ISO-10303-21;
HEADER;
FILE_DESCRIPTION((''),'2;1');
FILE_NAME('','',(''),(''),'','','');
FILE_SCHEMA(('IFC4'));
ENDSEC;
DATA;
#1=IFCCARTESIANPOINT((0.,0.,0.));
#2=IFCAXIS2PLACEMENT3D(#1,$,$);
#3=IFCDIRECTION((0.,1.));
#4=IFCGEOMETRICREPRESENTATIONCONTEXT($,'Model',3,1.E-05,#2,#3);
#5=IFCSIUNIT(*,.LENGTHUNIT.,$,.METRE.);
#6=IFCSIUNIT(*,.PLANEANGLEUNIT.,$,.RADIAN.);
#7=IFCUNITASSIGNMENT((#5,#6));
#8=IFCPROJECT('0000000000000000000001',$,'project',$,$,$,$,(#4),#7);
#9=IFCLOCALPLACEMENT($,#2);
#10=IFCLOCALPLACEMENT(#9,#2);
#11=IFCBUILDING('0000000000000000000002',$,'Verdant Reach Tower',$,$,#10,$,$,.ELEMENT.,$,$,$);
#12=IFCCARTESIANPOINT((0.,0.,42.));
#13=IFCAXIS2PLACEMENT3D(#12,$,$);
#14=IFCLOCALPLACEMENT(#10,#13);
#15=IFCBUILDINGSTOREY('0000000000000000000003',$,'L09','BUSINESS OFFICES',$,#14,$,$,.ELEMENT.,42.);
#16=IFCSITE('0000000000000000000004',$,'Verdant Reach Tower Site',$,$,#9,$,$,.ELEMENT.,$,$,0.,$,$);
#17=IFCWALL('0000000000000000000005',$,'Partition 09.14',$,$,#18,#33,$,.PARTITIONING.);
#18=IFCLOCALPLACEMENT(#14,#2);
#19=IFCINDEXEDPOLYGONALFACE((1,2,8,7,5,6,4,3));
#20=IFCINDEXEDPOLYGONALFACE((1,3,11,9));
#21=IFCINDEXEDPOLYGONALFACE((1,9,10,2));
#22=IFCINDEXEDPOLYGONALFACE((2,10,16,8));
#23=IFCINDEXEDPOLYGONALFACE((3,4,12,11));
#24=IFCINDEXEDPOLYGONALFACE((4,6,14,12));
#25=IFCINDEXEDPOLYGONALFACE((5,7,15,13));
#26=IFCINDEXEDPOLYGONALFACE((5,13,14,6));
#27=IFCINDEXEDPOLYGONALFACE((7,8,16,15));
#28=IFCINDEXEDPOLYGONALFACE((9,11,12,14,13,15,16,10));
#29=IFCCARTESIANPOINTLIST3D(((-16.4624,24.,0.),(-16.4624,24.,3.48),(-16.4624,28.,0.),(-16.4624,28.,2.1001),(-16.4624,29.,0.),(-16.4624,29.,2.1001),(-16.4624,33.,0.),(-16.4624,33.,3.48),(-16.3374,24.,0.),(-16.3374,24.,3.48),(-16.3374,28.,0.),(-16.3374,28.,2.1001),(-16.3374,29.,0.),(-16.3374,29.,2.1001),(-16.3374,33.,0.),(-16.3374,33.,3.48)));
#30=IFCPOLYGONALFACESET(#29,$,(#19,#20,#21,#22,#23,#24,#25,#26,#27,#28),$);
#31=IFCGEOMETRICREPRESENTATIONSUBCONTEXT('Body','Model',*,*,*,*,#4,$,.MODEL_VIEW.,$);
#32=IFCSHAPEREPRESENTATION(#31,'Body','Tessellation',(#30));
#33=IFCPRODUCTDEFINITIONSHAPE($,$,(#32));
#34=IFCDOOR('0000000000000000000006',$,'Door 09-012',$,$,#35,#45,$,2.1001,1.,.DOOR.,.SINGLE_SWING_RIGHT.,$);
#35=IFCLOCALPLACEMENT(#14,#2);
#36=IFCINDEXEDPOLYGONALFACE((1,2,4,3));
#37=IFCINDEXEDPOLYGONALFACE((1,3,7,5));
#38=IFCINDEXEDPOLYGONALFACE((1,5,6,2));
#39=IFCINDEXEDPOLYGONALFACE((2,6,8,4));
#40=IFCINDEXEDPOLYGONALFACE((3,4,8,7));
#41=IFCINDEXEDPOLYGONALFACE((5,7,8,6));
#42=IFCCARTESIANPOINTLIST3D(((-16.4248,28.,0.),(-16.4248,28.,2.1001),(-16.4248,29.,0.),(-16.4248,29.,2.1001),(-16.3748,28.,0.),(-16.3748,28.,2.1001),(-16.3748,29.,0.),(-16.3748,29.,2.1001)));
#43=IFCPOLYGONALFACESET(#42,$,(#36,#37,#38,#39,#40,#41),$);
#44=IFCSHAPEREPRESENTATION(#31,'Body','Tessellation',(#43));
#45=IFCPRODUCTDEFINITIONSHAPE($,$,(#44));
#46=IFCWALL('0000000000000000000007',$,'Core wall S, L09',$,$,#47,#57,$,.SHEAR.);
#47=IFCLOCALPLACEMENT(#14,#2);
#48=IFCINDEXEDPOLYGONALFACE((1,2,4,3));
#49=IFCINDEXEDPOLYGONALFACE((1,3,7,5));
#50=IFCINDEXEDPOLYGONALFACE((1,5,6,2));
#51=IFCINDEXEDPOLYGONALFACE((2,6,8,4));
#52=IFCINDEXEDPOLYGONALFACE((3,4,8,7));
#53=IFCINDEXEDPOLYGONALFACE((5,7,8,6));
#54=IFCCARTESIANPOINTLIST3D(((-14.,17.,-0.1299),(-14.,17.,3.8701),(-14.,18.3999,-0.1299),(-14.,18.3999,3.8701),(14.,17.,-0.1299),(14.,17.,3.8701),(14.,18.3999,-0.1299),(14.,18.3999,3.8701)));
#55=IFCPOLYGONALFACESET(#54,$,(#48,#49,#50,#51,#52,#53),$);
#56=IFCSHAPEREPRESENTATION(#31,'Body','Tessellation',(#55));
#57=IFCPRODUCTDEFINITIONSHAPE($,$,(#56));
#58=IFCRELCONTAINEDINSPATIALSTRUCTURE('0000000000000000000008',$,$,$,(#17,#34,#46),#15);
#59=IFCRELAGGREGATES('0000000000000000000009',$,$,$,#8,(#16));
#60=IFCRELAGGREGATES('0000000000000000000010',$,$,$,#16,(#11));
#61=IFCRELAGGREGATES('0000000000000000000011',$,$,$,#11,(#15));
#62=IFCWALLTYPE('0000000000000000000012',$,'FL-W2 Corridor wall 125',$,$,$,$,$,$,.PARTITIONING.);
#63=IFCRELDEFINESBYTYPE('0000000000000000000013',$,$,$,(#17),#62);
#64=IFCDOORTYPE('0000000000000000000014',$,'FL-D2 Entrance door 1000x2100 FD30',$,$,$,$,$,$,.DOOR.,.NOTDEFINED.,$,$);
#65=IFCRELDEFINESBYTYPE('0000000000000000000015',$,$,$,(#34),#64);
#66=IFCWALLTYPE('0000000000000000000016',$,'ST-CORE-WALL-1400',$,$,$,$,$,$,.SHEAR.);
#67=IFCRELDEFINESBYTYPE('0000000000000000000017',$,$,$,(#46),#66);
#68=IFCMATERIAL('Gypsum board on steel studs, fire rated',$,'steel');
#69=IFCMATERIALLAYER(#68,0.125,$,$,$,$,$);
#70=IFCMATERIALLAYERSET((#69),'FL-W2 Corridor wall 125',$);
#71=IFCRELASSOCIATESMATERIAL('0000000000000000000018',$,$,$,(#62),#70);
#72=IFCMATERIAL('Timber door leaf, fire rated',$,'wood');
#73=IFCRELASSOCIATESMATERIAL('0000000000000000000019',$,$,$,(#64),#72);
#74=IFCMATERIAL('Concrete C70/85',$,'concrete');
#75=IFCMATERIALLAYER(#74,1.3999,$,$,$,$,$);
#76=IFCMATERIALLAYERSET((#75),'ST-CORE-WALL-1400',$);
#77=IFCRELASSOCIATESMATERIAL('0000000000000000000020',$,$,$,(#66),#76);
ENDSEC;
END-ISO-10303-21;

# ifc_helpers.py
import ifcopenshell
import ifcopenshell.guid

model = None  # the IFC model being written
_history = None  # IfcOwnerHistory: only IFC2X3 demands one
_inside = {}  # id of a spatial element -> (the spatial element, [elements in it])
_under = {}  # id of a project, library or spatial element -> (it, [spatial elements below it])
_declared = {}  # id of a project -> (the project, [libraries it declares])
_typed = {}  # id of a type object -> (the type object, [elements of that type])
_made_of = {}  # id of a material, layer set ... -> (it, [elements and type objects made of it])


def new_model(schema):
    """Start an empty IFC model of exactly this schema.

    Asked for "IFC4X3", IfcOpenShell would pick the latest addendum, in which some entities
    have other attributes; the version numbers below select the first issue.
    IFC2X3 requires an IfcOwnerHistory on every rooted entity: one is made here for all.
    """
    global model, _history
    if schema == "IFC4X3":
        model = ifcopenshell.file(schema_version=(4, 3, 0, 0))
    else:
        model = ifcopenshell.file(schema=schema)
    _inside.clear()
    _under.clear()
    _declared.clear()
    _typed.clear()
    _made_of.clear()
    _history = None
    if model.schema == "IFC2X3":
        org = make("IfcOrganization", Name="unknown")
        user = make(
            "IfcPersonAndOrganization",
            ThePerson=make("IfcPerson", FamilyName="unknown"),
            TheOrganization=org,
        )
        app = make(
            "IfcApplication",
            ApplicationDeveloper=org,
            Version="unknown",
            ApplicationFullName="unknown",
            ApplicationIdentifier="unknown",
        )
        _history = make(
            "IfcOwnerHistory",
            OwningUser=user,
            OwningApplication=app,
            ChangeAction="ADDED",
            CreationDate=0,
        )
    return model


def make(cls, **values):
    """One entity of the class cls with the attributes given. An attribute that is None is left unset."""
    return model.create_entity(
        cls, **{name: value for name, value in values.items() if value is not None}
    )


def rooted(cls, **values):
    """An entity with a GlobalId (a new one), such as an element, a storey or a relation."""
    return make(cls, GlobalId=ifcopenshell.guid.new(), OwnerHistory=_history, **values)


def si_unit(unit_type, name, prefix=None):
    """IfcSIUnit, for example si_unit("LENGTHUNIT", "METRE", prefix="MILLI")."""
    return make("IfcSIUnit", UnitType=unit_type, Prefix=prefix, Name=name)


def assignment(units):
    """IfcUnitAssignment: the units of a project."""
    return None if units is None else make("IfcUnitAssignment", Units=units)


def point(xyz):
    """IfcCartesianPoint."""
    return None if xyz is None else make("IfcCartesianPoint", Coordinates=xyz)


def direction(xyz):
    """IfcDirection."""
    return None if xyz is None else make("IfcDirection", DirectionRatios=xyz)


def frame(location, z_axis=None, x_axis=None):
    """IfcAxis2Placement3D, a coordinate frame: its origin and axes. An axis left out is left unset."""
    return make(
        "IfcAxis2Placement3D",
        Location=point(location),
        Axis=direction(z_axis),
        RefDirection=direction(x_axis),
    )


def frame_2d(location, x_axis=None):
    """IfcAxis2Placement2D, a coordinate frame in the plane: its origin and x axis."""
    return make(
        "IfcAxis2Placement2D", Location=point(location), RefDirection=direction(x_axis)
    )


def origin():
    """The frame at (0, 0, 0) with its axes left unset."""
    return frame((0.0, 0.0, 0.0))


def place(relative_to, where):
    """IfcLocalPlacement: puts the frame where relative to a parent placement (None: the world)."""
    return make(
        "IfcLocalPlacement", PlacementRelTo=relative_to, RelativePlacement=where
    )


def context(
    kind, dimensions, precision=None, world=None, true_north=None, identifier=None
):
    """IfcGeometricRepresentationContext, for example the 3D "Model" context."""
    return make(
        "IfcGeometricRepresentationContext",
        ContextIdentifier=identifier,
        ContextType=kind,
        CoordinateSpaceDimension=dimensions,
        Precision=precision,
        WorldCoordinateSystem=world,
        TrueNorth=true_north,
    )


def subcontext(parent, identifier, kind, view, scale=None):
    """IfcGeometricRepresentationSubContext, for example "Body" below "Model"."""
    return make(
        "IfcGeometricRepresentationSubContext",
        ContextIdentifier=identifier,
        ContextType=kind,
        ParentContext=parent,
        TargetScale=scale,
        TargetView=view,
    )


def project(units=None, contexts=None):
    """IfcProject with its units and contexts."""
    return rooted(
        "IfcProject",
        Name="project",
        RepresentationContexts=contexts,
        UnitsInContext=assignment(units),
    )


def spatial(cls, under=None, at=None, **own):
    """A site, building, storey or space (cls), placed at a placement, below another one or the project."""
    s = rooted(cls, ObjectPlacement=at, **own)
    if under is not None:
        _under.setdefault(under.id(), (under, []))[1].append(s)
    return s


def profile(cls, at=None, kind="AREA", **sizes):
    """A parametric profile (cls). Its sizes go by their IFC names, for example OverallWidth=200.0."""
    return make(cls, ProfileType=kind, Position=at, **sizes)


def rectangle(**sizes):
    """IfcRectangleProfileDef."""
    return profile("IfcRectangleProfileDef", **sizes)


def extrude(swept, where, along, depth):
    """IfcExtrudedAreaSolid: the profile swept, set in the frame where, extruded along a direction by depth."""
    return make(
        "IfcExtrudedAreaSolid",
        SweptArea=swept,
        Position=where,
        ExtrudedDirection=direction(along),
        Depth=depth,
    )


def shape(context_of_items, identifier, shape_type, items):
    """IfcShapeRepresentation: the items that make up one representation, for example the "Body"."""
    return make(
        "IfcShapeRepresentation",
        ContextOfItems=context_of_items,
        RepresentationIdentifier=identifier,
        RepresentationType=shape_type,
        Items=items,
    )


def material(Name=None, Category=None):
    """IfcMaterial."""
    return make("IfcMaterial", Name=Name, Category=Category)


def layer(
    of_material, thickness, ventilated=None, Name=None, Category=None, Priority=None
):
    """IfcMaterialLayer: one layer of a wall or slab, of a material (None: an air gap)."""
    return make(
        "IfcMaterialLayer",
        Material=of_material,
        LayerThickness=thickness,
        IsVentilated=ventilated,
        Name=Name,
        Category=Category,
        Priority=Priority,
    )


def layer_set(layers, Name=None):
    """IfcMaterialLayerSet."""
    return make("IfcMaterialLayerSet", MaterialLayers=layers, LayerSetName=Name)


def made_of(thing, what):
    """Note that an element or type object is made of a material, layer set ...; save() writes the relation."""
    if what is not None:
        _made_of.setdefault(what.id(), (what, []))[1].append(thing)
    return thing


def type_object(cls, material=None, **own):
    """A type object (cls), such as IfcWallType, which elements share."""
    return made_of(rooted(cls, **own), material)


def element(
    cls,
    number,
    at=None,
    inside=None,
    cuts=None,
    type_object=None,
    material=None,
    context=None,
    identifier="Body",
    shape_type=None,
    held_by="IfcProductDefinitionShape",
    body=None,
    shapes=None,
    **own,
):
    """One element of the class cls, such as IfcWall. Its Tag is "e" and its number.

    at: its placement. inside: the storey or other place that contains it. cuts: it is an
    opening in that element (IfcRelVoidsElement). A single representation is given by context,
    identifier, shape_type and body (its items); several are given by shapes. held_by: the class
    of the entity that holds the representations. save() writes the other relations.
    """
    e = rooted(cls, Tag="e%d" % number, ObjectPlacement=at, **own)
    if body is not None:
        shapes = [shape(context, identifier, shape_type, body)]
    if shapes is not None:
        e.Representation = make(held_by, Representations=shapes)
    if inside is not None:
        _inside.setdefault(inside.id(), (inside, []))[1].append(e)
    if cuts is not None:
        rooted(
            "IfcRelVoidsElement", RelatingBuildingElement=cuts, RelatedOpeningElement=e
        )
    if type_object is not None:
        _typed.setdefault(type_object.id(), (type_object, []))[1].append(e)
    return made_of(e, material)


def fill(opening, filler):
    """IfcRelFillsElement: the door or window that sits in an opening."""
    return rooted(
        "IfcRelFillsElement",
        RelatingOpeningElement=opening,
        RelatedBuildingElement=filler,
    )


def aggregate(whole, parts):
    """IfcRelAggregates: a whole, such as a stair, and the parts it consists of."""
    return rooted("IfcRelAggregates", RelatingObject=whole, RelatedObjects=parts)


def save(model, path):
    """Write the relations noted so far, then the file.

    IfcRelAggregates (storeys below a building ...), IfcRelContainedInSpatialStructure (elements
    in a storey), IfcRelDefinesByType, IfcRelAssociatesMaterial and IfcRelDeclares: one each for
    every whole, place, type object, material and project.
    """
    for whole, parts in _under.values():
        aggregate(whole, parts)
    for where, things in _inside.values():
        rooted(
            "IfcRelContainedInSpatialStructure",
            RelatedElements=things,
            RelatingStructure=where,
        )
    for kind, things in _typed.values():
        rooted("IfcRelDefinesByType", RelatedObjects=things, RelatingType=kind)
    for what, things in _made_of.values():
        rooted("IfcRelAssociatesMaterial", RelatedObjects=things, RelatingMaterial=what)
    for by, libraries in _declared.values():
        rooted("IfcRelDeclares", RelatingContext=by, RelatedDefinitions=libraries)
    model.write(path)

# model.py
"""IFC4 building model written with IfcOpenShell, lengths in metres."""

from ifc_helpers import new_model, si_unit, direction, frame, frame_2d, origin, place, context, subcontext, project, spatial, rectangle, extrude, material, layer, layer_set, type_object, element, fill, save


model = new_model("IFC4")

# Units and contexts
model_context = context("Model", 3, precision=1e-05, world=origin(), true_north=direction((0.0, 1.0)))
body_context = subcontext(model_context, "Body", "Model", "MODEL_VIEW")
ifc_project = project(units=[si_unit("LENGTHUNIT", "METRE"), si_unit("PLANEANGLEUNIT", "RADIAN")], contexts=[model_context])

# Site, building, storey
site_placement = place(None, origin())
site = spatial("IfcSite", under=ifc_project, at=site_placement, Name="Verdant Reach Tower Site", CompositionType="ELEMENT", RefElevation=0.0)
building_placement = place(site_placement, origin())
building = spatial("IfcBuilding", under=site, at=building_placement, Name="Verdant Reach Tower", CompositionType="ELEMENT")
storey_placement = place(building_placement, frame((0.0, 0.0, 42.0)))
storey = spatial("IfcBuildingStorey", under=building, at=storey_placement, Name="L09", Description="BUSINESS OFFICES", CompositionType="ELEMENT", Elevation=42.0)

# Wall, opening, door
ifc_material_1 = material(Name="Gypsum board on steel studs, fire rated", Category="steel")
ifc_layer_1 = layer(ifc_material_1, 0.125)
ifc_layer_set_1 = layer_set([ifc_layer_1], Name="FL-W2 Corridor wall 125")
wall_type_1 = type_object("IfcWallType", Name="FL-W2 Corridor wall 125", PredefinedType="PARTITIONING", material=ifc_layer_set_1)
ifc_material_2 = material(Name="Timber door leaf, fire rated", Category="wood")
door_type = type_object("IfcDoorType", Name="FL-D2 Entrance door 1000x2100 FD30", OperationType="NOTDEFINED", PredefinedType="DOOR", material=ifc_material_2)
wall_1_placement = place(storey_placement, frame((-16.3999, 24.0, 0.0), z_axis=(0.0, 0.0, 1.0), x_axis=(0.0, 1.0, 0.0)))
wall_1 = element("IfcWall", 1, at=wall_1_placement, inside=storey, type_object=wall_type_1, Name="Partition 09.14", PredefinedType="PARTITIONING", context=body_context, shape_type="SweptSolid", body=[
    extrude(rectangle(XDim=9.0, YDim=0.125, at=frame_2d((4.5, 0.0))), origin(), (0.0, 0.0, 1.0), 3.48),
])
opening_1_placement = place(wall_1_placement, frame((4.0, 0.0, 0.0)))
opening_1 = element("IfcOpeningElement", 2, at=opening_1_placement, cuts=wall_1, PredefinedType="OPENING", context=body_context, shape_type="SweptSolid", body=[
    extrude(rectangle(XDim=1.0, YDim=2.1001, at=frame_2d((0.5, 1.05))), frame((0.0, 0.0725, 0.0), z_axis=(0.0, -1.0, 0.0), x_axis=(1.0, 0.0, 0.0)), (0.0, 0.0, 1.0), 0.145),
])
door_1_placement = place(opening_1_placement, origin())
door_1 = element("IfcDoor", 3, at=door_1_placement, inside=storey, type_object=door_type, Name="Door 09-012", OperationType="SINGLE_SWING_RIGHT", OverallHeight=2.1001, OverallWidth=1.0, PredefinedType="DOOR", context=body_context, shape_type="SweptSolid", body=[
    extrude(rectangle(XDim=1.0, YDim=2.1001, at=frame_2d((0.5, 1.05))), frame((0.0, 0.0249, 0.0), z_axis=(0.0, -1.0, 0.0), x_axis=(1.0, 0.0, 0.0)), (0.0, 0.0, 1.0), 0.05),
])
fill(opening_1, door_1)

# Wall
ifc_material_3 = material(Name="Concrete C70/85", Category="concrete")
ifc_layer_2 = layer(ifc_material_3, 1.3999)
ifc_layer_set_2 = layer_set([ifc_layer_2], Name="ST-CORE-WALL-1400")
wall_type_2 = type_object("IfcWallType", Name="ST-CORE-WALL-1400", PredefinedType="SHEAR", material=ifc_layer_set_2)
wall_2_placement = place(storey_placement, frame((-14.0, 17.7, -0.1299), z_axis=(0.0, 0.0, 1.0), x_axis=(1.0, 0.0, 0.0)))
element("IfcWall", 4, at=wall_2_placement, inside=storey, type_object=wall_type_2, Name="Core wall S, L09", PredefinedType="SHEAR", context=body_context, shape_type="SweptSolid", body=[
    extrude(rectangle(XDim=28.0, YDim=1.3999, at=frame_2d((14.0, 0.0))), origin(), (0.0, 0.0, 1.0), 4.0),
])

save(model, "model.ifc")
